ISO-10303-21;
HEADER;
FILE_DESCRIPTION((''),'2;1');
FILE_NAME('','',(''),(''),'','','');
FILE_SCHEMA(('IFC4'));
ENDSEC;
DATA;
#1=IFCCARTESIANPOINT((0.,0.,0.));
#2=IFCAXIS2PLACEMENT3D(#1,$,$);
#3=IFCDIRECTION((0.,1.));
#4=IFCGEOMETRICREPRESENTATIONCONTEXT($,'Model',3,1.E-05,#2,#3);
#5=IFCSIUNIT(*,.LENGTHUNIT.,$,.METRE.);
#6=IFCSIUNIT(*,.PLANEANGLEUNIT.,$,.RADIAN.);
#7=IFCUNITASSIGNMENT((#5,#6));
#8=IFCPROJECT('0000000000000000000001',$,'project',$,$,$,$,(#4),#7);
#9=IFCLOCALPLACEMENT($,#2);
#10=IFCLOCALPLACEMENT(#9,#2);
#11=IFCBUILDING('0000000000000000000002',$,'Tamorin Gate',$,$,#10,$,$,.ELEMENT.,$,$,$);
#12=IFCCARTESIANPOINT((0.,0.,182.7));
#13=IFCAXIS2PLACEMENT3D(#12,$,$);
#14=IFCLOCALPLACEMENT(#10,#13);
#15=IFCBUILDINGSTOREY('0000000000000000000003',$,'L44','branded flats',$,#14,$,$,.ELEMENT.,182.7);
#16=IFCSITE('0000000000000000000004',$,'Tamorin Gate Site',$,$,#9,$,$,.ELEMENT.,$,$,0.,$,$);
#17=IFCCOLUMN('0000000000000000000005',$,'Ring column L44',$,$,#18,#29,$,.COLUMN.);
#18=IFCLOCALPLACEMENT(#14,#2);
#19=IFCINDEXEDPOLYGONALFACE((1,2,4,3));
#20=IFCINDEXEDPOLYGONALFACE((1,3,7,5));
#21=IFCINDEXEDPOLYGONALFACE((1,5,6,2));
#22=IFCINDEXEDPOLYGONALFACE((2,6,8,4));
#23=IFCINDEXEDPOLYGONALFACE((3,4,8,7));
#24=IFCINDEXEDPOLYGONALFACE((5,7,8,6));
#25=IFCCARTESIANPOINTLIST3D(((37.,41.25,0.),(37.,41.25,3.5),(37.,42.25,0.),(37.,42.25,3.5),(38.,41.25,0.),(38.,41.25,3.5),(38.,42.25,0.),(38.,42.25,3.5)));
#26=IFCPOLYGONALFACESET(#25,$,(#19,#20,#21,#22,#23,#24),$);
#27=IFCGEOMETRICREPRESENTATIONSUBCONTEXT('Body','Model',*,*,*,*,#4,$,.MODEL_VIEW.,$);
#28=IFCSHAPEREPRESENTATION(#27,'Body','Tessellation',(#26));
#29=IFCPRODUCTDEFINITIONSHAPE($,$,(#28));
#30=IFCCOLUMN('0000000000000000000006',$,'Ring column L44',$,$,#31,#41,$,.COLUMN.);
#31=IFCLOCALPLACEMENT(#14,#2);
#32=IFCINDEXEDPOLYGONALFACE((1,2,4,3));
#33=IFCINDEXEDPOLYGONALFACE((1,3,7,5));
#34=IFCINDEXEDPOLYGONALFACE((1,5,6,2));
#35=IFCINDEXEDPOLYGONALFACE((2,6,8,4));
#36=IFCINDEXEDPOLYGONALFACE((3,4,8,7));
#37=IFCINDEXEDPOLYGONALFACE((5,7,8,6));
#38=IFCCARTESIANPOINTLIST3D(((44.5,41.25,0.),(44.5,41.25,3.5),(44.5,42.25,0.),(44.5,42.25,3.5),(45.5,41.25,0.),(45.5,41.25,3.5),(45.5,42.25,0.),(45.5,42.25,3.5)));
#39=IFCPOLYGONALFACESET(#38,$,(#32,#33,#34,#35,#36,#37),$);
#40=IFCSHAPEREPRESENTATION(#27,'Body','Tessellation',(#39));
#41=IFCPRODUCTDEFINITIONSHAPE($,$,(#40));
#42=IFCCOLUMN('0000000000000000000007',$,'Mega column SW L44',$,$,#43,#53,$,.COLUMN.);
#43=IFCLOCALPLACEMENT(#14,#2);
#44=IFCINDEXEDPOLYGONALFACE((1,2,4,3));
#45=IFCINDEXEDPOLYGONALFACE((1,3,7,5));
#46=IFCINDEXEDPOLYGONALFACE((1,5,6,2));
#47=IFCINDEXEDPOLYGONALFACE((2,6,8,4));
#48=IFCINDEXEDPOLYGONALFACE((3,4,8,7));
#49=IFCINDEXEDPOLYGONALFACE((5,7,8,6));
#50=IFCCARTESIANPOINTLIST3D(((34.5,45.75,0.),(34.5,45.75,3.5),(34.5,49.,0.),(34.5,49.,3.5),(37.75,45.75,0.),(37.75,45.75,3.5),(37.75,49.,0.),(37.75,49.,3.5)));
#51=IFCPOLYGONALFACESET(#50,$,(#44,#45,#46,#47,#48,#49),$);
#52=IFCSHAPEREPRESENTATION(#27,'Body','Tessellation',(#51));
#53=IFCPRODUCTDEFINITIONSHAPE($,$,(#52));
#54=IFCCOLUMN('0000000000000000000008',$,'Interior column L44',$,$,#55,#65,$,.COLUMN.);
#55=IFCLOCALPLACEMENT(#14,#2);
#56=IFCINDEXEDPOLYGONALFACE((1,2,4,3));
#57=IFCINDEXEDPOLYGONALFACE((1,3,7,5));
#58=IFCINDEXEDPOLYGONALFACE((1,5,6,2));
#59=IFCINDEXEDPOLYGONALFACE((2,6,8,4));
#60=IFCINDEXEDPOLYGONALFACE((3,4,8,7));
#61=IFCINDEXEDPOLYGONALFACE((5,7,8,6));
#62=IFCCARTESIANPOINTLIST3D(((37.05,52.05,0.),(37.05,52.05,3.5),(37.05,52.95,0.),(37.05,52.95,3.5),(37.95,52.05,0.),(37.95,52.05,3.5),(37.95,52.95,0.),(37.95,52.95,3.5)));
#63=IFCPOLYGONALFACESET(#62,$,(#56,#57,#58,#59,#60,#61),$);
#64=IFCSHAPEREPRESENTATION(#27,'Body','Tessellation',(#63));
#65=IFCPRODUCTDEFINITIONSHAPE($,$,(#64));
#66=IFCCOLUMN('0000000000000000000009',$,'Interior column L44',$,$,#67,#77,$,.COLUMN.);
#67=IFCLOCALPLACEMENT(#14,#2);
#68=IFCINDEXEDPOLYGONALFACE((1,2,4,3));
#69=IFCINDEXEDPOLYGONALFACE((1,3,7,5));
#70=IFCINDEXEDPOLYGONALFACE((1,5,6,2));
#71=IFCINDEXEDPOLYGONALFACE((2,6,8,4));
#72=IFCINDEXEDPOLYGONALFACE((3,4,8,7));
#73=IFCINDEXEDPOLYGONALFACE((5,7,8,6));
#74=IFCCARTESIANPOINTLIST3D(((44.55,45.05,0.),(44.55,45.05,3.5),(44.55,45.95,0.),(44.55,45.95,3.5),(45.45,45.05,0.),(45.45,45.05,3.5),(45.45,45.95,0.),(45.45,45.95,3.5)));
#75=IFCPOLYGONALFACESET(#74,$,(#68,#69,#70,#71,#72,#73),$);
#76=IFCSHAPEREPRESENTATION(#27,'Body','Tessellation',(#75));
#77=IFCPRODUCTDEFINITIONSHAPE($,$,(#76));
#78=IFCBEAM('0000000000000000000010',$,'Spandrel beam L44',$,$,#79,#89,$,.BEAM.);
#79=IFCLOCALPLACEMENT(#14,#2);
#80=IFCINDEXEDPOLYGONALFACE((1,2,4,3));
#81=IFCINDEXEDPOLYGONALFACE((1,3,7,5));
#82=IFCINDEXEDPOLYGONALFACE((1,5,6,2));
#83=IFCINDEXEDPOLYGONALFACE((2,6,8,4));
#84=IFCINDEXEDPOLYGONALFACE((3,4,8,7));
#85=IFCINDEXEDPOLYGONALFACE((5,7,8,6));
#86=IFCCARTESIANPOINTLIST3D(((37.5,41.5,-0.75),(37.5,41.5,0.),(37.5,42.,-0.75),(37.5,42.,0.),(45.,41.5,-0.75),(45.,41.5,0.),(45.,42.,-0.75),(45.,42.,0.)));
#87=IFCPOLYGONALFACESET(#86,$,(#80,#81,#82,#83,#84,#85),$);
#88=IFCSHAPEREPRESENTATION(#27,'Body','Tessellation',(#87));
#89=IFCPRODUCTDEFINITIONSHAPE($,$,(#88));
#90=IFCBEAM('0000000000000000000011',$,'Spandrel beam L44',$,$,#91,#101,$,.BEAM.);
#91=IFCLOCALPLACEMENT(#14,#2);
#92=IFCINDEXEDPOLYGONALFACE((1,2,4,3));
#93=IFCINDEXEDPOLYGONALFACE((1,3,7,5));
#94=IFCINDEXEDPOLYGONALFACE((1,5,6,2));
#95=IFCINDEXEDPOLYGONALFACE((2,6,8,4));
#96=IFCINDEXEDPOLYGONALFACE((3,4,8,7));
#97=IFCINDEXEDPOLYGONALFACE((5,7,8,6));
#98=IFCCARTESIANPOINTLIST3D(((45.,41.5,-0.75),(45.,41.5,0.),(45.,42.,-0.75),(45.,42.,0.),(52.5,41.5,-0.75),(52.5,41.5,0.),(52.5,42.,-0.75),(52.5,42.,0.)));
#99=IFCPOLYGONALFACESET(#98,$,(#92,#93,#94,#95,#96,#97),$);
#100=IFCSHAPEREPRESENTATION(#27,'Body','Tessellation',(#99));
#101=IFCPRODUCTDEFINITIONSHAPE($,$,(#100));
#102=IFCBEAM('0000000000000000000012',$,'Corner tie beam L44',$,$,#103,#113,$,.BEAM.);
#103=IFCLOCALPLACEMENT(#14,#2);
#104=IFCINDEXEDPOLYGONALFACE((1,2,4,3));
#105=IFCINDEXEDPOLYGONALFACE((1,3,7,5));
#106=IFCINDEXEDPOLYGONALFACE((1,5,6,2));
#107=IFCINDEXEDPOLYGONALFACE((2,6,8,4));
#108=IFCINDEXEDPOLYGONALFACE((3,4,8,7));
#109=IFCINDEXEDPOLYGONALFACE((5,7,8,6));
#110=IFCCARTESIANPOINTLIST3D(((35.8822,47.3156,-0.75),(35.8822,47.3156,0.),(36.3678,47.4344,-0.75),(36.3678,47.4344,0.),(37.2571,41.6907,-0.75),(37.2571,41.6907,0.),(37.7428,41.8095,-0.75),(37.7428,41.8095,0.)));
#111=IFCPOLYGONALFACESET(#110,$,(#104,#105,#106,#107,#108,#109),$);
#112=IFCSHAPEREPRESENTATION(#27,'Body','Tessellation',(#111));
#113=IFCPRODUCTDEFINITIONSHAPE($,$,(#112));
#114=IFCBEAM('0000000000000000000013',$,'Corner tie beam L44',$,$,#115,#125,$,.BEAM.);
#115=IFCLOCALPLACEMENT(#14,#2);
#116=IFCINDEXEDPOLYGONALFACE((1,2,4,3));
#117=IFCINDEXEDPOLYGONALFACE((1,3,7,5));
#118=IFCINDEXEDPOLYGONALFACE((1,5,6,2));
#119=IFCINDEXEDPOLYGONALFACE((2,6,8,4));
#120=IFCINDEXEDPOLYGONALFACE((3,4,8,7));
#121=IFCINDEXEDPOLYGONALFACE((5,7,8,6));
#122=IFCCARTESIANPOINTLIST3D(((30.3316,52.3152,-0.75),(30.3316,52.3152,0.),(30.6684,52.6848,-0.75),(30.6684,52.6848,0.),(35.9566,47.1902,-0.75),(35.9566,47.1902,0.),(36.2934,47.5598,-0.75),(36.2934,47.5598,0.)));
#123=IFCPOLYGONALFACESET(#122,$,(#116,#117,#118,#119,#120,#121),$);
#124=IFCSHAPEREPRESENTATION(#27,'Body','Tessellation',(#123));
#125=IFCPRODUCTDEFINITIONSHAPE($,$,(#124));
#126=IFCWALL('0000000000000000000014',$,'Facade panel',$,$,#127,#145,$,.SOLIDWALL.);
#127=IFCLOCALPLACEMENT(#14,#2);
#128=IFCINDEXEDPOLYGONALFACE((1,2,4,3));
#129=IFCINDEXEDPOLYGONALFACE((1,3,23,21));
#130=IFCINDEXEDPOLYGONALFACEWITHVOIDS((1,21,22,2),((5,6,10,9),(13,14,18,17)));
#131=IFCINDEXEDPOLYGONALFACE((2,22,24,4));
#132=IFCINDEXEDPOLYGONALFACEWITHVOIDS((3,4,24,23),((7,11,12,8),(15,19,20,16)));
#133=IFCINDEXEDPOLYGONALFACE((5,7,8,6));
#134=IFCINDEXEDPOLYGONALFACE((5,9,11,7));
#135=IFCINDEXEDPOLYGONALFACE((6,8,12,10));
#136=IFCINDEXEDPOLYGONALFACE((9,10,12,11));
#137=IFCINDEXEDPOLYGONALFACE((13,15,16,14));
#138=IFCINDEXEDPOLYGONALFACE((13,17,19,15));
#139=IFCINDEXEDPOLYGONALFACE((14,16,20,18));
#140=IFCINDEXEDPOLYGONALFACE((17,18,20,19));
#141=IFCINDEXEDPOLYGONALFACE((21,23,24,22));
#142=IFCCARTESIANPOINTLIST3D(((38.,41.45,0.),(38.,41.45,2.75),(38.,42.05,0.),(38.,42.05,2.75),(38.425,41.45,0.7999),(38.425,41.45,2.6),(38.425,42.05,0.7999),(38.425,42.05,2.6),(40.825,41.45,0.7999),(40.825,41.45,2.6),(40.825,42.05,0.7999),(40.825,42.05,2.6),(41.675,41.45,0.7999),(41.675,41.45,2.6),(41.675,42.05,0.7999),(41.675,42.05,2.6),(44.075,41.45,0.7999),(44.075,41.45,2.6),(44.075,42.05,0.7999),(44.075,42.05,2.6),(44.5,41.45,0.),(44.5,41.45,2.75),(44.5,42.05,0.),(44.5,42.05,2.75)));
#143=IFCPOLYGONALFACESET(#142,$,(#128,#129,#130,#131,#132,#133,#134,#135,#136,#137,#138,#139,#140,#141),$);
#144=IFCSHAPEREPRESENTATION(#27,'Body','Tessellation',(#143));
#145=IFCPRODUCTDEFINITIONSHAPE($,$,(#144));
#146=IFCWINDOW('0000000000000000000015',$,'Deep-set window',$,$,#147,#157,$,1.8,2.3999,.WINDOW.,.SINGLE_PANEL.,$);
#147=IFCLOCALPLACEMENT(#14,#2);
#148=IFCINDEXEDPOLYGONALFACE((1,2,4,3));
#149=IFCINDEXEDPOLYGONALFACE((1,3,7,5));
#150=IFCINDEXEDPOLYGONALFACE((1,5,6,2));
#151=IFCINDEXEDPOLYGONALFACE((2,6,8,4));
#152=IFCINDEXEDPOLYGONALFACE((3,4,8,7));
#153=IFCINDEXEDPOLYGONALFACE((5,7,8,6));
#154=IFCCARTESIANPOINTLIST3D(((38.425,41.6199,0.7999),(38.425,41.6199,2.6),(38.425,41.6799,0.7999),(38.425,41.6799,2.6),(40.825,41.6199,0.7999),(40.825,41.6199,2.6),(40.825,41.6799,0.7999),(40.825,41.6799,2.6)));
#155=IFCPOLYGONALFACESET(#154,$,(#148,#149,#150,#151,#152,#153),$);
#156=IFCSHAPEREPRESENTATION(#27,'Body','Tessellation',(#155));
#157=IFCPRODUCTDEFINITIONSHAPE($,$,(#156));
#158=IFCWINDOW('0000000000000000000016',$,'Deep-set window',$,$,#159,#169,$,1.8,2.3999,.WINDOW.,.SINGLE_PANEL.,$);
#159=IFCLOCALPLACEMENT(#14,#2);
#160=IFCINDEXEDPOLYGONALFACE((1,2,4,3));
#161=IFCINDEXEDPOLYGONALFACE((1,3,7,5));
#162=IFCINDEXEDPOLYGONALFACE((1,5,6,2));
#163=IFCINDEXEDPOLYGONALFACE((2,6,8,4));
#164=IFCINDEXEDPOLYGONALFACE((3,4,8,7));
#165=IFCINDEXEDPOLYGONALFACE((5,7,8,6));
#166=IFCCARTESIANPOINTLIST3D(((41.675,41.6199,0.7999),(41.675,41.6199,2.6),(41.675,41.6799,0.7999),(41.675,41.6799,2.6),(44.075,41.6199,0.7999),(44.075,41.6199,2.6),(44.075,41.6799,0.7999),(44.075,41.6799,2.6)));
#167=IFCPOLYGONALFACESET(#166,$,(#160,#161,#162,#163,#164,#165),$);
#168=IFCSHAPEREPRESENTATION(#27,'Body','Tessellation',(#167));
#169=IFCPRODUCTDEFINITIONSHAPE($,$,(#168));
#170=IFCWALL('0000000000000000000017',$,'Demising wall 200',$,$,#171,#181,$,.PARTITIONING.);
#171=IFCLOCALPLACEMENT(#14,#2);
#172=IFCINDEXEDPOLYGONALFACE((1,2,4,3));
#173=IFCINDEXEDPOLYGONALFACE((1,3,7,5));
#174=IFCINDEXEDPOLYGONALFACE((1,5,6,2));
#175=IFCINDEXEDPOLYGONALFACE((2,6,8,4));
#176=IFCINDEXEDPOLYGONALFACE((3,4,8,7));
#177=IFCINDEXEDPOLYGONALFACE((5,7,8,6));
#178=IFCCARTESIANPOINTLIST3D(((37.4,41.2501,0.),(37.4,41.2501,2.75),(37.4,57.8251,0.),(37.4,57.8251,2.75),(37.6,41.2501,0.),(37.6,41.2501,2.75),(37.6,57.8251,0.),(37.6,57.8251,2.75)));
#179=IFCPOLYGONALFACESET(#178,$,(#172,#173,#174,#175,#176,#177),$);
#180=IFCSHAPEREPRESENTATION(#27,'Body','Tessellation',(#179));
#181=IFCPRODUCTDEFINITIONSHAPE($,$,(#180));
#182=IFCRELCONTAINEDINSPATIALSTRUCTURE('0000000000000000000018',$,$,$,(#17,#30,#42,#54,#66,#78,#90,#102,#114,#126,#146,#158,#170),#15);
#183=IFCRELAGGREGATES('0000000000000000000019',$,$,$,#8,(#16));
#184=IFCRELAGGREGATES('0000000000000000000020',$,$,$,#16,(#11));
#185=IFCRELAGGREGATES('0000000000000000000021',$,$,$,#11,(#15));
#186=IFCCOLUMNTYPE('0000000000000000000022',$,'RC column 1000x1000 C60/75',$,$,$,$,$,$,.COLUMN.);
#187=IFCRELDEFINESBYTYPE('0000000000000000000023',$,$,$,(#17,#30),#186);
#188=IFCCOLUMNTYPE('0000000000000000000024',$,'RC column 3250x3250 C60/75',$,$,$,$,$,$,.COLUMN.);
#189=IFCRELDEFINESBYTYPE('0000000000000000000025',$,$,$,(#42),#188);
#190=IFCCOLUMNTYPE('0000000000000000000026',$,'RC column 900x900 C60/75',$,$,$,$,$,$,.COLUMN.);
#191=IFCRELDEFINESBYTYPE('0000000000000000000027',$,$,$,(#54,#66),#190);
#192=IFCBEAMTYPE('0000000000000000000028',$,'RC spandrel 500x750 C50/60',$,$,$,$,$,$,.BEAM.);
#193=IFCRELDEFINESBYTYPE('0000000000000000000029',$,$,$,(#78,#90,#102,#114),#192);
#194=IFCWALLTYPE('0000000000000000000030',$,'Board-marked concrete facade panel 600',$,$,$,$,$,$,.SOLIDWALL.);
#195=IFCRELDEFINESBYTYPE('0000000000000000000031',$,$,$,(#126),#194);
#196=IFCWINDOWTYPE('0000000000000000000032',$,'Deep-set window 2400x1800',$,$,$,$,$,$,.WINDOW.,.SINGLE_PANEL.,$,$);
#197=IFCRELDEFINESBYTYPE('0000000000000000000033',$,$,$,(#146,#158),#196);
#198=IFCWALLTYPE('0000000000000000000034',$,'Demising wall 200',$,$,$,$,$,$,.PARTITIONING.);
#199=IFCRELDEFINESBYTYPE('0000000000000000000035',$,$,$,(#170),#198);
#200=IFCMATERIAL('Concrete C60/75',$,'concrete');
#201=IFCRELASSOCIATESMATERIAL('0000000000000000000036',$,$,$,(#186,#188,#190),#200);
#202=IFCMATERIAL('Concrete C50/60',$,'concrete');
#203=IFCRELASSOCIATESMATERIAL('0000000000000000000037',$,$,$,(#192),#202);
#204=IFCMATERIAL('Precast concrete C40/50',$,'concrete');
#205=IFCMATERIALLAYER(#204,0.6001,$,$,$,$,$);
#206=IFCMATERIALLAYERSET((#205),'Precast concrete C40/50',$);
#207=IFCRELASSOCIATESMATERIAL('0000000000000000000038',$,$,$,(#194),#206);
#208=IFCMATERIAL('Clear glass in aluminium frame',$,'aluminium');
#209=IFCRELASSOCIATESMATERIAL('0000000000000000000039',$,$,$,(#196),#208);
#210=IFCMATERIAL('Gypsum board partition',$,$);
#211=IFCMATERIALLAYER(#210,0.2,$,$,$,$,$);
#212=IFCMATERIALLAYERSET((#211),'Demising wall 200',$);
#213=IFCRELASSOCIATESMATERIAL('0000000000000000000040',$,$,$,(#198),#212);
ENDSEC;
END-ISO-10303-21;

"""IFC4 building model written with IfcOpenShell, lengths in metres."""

from ifc_helpers import new_model, si_unit, direction, frame, frame_2d, origin, origin_2d, place, context, subcontext, project, spatial, rectangle, extrude, material, layer, layer_set, material_profile, profile_set, type_object, element, fill, save


model = new_model("IFC4")

# Units and contexts
model_context = context("Model", 3, precision=1e-05, world=origin(), true_north=direction((0.0, 1.0)))
body_context = subcontext(model_context, "Body", "Model", "MODEL_VIEW")
ifc_project = project(units=[si_unit("LENGTHUNIT", "METRE"), si_unit("PLANEANGLEUNIT", "RADIAN")], contexts=[model_context])

# Site, building, storey
site_placement = place(None, origin())
site = spatial("IfcSite", under=ifc_project, at=site_placement, Name="Tamorin Gate Site", CompositionType="ELEMENT", RefElevation=0.0)
building_placement = place(site_placement, origin())
building = spatial("IfcBuilding", under=site, at=building_placement, Name="Tamorin Gate", CompositionType="ELEMENT")
storey_placement = place(building_placement, frame((0.0, 0.0, 182.7)))
storey = spatial("IfcBuildingStorey", under=building, at=storey_placement, Name="L44", Description="branded flats", CompositionType="ELEMENT", Elevation=182.7)

# Columns
ifc_material_1 = material(Name="Concrete C60/75", Category="concrete")
ifc_material_profile_1 = material_profile(ifc_material_1, rectangle(XDim=1.0, YDim=1.0, at=origin_2d()), Name="RC 1000x1000")
ifc_profile_set_1 = profile_set([ifc_material_profile_1], Name="Concrete C60/75")
column_type_1 = type_object("IfcColumnType", Name="RC column 1000x1000 C60/75", PredefinedType="COLUMN", material=ifc_profile_set_1)
for number, where, z_axis, x_axis, name in (
    (1, (37.5, 41.75, 0.0), (0.0, 0.0, 1.0), (1.0, 0.0, 0.0), "Ring column L44"),
    (2, (45.0, 41.75, 0.0), (0.0, 0.0, 1.0), (1.0, 0.0, 0.0), "Ring column L44"),
):
    element("IfcColumn", number, at=place(storey_placement, frame(where, z_axis=z_axis, x_axis=x_axis)), inside=storey, type_object=column_type_1, Name=name, PredefinedType="COLUMN", context=body_context, shape_type="SweptSolid", body=[
        extrude(rectangle(XDim=1.0, YDim=1.0, at=origin_2d()), origin(), (0.0, 0.0, 1.0), 3.5),
    ])
ifc_material_profile_2 = material_profile(ifc_material_1, rectangle(XDim=3.25, YDim=3.25, at=origin_2d()), Name="RC 3250x3250")
ifc_profile_set_2 = profile_set([ifc_material_profile_2], Name="Concrete C60/75")
column_type_2 = type_object("IfcColumnType", Name="RC column 3250x3250 C60/75", PredefinedType="COLUMN", material=ifc_profile_set_2)
column_placement = place(storey_placement, frame((36.125, 47.375, 0.0), z_axis=(0.0, 0.0, 1.0), x_axis=(1.0, 0.0, 0.0)))
element("IfcColumn", 3, at=column_placement, inside=storey, type_object=column_type_2, Name="Mega column SW L44", PredefinedType="COLUMN", context=body_context, shape_type="SweptSolid", body=[
    extrude(rectangle(XDim=3.25, YDim=3.25, at=origin_2d()), origin(), (0.0, 0.0, 1.0), 3.5),
])
ifc_material_profile_3 = material_profile(ifc_material_1, rectangle(XDim=0.8999, YDim=0.8999, at=origin_2d()), Name="RC 900x900")
ifc_profile_set_3 = profile_set([ifc_material_profile_3], Name="Concrete C60/75")
column_type_3 = type_object("IfcColumnType", Name="RC column 900x900 C60/75", PredefinedType="COLUMN", material=ifc_profile_set_3)
for number, where, z_axis, x_axis, name in (
    (4, (37.5, 52.5, 0.0), (0.0, 0.0, 1.0), (1.0, 0.0, 0.0), "Interior column L44"),
    (5, (45.0, 45.5, 0.0), (0.0, 0.0, 1.0), (1.0, 0.0, 0.0), "Interior column L44"),
):
    element("IfcColumn", number, at=place(storey_placement, frame(where, z_axis=z_axis, x_axis=x_axis)), inside=storey, type_object=column_type_3, Name=name, PredefinedType="COLUMN", context=body_context, shape_type="SweptSolid", body=[
        extrude(rectangle(XDim=0.8999, YDim=0.8999, at=origin_2d()), origin(), (0.0, 0.0, 1.0), 3.5),
    ])

# Beams
ifc_material_2 = material(Name="Concrete C50/60", Category="concrete")
ifc_material_profile_4 = material_profile(ifc_material_2, rectangle(XDim=0.5, YDim=0.75, at=origin_2d()), Name="RC 500x750")
ifc_profile_set_4 = profile_set([ifc_material_profile_4], Name="Concrete C50/60")
beam_type = type_object("IfcBeamType", Name="RC spandrel 500x750 C50/60", PredefinedType="BEAM", material=ifc_profile_set_4)
for number, where, z_axis, x_axis, name in (
    (6, (37.5, 41.75, -0.375), (1.0, 0.0, 0.0), (0.0, 1.0, 0.0), "Spandrel beam L44"),
    (7, (45.0, 41.75, -0.375), (1.0, 0.0, 0.0), (0.0, 1.0, 0.0), "Spandrel beam L44"),
):
    element("IfcBeam", number, at=place(storey_placement, frame(where, z_axis=z_axis, x_axis=x_axis)), inside=storey, type_object=beam_type, Name=name, PredefinedType="BEAM", context=body_context, shape_type="SweptSolid", body=[
        extrude(rectangle(XDim=0.5, YDim=0.75, at=origin_2d()), origin(), (0.0, 0.0, 1.0), 7.5),
    ])
beam_1_placement = place(storey_placement, frame((36.125, 47.375, -0.375), z_axis=(0.237453, -0.971399, 0.0), x_axis=(0.971399, 0.237453, 0.0)))
element("IfcBeam", 8, at=beam_1_placement, inside=storey, type_object=beam_type, Name="Corner tie beam L44", PredefinedType="BEAM", context=body_context, shape_type="SweptSolid", body=[
    extrude(rectangle(XDim=0.5, YDim=0.75, at=origin_2d()), origin(), (0.0, 0.0, 1.0), 5.7905),
])
beam_2_placement = place(storey_placement, frame((36.125, 47.375, -0.375), z_axis=(-0.739196, 0.67349, 0.0), x_axis=(-0.67349, -0.739196, 0.0)))
element("IfcBeam", 9, at=beam_2_placement, inside=storey, type_object=beam_type, Name="Corner tie beam L44", PredefinedType="BEAM", context=body_context, shape_type="SweptSolid", body=[
    extrude(rectangle(XDim=0.5, YDim=0.75, at=origin_2d()), origin(), (0.0, 0.0, 1.0), 7.6096),
])

# Wall, openings, windows
ifc_material_3 = material(Name="Precast concrete C40/50", Category="concrete")
ifc_layer_1 = layer(ifc_material_3, 0.6001)
ifc_layer_set_1 = layer_set([ifc_layer_1], Name="Precast concrete C40/50")
wall_type_1 = type_object("IfcWallType", Name="Board-marked concrete facade panel 600", PredefinedType="SOLIDWALL", material=ifc_layer_set_1)
wall_1_placement = place(storey_placement, frame((38.0, 41.75, 0.0), z_axis=(0.0, 0.0, 1.0), x_axis=(1.0, 0.0, 0.0)))
wall_1 = element("IfcWall", 10, at=wall_1_placement, inside=storey, type_object=wall_type_1, Name="Facade panel", PredefinedType="SOLIDWALL", context=body_context, shape_type="SweptSolid", body=[
    extrude(rectangle(XDim=6.5, YDim=0.6001, at=frame_2d((3.25, 0.0))), origin(), (0.0, 0.0, 1.0), 2.75),
])
opening_1_placement = place(wall_1_placement, frame((0.425, 0.0, 0.8)))
opening_1 = element("IfcOpeningElement", 11, at=opening_1_placement, cuts=wall_1, PredefinedType="OPENING", context=body_context, shape_type="SweptSolid", body=[
    extrude(rectangle(XDim=2.3999, YDim=1.8, at=frame_2d((1.2, 0.8999))), frame((0.0, 0.3101, 0.0), z_axis=(0.0, -1.0, 0.0), x_axis=(1.0, 0.0, 0.0)), (0.0, 0.0, 1.0), 0.6201),
])
opening_2_placement = place(wall_1_placement, frame((3.675, 0.0, 0.8)))
opening_2 = element("IfcOpeningElement", 12, at=opening_2_placement, cuts=wall_1, PredefinedType="OPENING", context=body_context, shape_type="SweptSolid", body=[
    extrude(rectangle(XDim=2.3999, YDim=1.8, at=frame_2d((1.2, 0.8999))), frame((0.0, 0.3101, 0.0), z_axis=(0.0, -1.0, 0.0), x_axis=(1.0, 0.0, 0.0)), (0.0, 0.0, 1.0), 0.6201),
])
ifc_material_4 = material(Name="Clear glass in aluminium frame", Category="aluminium")
window_type = type_object("IfcWindowType", Name="Deep-set window 2400x1800", PartitioningType="SINGLE_PANEL", PredefinedType="WINDOW", material=ifc_material_4)
window_1_placement = place(opening_1_placement, origin())
window_1 = element("IfcWindow", 13, at=window_1_placement, inside=storey, type_object=window_type, Name="Deep-set window", OverallHeight=1.8, OverallWidth=2.3999, PartitioningType="SINGLE_PANEL", PredefinedType="WINDOW", context=body_context, shape_type="SweptSolid", body=[
    extrude(rectangle(XDim=2.3999, YDim=1.8, at=frame_2d((1.2, 0.8999))), frame((0.0, -0.0701, 0.0), z_axis=(0.0, -1.0, 0.0), x_axis=(1.0, 0.0, 0.0)), (0.0, 0.0, 1.0), 0.0601),
])
fill(opening_1, window_1)
window_2_placement = place(opening_2_placement, origin())
window_2 = element("IfcWindow", 14, at=window_2_placement, inside=storey, type_object=window_type, Name="Deep-set window", OverallHeight=1.8, OverallWidth=2.3999, PartitioningType="SINGLE_PANEL", PredefinedType="WINDOW", context=body_context, shape_type="SweptSolid", body=[
    extrude(rectangle(XDim=2.3999, YDim=1.8, at=frame_2d((1.2, 0.8999))), frame((0.0, -0.0701, 0.0), z_axis=(0.0, -1.0, 0.0), x_axis=(1.0, 0.0, 0.0)), (0.0, 0.0, 1.0), 0.0601),
])
fill(opening_2, window_2)

# Wall
ifc_material_5 = material(Name="Gypsum board partition")
ifc_layer_2 = layer(ifc_material_5, 0.2)
ifc_layer_set_2 = layer_set([ifc_layer_2], Name="Demising wall 200")
wall_type_2 = type_object("IfcWallType", Name="Demising wall 200", PredefinedType="PARTITIONING", material=ifc_layer_set_2)
wall_2_placement = place(storey_placement, frame((37.5, 41.25, 0.0), z_axis=(0.0, 0.0, 1.0), x_axis=(0.0, 1.0, 0.0)))
element("IfcWall", 15, at=wall_2_placement, inside=storey, type_object=wall_type_2, Name="Demising wall 200", PredefinedType="PARTITIONING", context=body_context, shape_type="SweptSolid", body=[
    extrude(rectangle(XDim=16.575, YDim=0.2, at=frame_2d((8.2876, 0.0))), origin(), (0.0, 0.0, 1.0), 2.75),
])

save(model, "model.ifc")
